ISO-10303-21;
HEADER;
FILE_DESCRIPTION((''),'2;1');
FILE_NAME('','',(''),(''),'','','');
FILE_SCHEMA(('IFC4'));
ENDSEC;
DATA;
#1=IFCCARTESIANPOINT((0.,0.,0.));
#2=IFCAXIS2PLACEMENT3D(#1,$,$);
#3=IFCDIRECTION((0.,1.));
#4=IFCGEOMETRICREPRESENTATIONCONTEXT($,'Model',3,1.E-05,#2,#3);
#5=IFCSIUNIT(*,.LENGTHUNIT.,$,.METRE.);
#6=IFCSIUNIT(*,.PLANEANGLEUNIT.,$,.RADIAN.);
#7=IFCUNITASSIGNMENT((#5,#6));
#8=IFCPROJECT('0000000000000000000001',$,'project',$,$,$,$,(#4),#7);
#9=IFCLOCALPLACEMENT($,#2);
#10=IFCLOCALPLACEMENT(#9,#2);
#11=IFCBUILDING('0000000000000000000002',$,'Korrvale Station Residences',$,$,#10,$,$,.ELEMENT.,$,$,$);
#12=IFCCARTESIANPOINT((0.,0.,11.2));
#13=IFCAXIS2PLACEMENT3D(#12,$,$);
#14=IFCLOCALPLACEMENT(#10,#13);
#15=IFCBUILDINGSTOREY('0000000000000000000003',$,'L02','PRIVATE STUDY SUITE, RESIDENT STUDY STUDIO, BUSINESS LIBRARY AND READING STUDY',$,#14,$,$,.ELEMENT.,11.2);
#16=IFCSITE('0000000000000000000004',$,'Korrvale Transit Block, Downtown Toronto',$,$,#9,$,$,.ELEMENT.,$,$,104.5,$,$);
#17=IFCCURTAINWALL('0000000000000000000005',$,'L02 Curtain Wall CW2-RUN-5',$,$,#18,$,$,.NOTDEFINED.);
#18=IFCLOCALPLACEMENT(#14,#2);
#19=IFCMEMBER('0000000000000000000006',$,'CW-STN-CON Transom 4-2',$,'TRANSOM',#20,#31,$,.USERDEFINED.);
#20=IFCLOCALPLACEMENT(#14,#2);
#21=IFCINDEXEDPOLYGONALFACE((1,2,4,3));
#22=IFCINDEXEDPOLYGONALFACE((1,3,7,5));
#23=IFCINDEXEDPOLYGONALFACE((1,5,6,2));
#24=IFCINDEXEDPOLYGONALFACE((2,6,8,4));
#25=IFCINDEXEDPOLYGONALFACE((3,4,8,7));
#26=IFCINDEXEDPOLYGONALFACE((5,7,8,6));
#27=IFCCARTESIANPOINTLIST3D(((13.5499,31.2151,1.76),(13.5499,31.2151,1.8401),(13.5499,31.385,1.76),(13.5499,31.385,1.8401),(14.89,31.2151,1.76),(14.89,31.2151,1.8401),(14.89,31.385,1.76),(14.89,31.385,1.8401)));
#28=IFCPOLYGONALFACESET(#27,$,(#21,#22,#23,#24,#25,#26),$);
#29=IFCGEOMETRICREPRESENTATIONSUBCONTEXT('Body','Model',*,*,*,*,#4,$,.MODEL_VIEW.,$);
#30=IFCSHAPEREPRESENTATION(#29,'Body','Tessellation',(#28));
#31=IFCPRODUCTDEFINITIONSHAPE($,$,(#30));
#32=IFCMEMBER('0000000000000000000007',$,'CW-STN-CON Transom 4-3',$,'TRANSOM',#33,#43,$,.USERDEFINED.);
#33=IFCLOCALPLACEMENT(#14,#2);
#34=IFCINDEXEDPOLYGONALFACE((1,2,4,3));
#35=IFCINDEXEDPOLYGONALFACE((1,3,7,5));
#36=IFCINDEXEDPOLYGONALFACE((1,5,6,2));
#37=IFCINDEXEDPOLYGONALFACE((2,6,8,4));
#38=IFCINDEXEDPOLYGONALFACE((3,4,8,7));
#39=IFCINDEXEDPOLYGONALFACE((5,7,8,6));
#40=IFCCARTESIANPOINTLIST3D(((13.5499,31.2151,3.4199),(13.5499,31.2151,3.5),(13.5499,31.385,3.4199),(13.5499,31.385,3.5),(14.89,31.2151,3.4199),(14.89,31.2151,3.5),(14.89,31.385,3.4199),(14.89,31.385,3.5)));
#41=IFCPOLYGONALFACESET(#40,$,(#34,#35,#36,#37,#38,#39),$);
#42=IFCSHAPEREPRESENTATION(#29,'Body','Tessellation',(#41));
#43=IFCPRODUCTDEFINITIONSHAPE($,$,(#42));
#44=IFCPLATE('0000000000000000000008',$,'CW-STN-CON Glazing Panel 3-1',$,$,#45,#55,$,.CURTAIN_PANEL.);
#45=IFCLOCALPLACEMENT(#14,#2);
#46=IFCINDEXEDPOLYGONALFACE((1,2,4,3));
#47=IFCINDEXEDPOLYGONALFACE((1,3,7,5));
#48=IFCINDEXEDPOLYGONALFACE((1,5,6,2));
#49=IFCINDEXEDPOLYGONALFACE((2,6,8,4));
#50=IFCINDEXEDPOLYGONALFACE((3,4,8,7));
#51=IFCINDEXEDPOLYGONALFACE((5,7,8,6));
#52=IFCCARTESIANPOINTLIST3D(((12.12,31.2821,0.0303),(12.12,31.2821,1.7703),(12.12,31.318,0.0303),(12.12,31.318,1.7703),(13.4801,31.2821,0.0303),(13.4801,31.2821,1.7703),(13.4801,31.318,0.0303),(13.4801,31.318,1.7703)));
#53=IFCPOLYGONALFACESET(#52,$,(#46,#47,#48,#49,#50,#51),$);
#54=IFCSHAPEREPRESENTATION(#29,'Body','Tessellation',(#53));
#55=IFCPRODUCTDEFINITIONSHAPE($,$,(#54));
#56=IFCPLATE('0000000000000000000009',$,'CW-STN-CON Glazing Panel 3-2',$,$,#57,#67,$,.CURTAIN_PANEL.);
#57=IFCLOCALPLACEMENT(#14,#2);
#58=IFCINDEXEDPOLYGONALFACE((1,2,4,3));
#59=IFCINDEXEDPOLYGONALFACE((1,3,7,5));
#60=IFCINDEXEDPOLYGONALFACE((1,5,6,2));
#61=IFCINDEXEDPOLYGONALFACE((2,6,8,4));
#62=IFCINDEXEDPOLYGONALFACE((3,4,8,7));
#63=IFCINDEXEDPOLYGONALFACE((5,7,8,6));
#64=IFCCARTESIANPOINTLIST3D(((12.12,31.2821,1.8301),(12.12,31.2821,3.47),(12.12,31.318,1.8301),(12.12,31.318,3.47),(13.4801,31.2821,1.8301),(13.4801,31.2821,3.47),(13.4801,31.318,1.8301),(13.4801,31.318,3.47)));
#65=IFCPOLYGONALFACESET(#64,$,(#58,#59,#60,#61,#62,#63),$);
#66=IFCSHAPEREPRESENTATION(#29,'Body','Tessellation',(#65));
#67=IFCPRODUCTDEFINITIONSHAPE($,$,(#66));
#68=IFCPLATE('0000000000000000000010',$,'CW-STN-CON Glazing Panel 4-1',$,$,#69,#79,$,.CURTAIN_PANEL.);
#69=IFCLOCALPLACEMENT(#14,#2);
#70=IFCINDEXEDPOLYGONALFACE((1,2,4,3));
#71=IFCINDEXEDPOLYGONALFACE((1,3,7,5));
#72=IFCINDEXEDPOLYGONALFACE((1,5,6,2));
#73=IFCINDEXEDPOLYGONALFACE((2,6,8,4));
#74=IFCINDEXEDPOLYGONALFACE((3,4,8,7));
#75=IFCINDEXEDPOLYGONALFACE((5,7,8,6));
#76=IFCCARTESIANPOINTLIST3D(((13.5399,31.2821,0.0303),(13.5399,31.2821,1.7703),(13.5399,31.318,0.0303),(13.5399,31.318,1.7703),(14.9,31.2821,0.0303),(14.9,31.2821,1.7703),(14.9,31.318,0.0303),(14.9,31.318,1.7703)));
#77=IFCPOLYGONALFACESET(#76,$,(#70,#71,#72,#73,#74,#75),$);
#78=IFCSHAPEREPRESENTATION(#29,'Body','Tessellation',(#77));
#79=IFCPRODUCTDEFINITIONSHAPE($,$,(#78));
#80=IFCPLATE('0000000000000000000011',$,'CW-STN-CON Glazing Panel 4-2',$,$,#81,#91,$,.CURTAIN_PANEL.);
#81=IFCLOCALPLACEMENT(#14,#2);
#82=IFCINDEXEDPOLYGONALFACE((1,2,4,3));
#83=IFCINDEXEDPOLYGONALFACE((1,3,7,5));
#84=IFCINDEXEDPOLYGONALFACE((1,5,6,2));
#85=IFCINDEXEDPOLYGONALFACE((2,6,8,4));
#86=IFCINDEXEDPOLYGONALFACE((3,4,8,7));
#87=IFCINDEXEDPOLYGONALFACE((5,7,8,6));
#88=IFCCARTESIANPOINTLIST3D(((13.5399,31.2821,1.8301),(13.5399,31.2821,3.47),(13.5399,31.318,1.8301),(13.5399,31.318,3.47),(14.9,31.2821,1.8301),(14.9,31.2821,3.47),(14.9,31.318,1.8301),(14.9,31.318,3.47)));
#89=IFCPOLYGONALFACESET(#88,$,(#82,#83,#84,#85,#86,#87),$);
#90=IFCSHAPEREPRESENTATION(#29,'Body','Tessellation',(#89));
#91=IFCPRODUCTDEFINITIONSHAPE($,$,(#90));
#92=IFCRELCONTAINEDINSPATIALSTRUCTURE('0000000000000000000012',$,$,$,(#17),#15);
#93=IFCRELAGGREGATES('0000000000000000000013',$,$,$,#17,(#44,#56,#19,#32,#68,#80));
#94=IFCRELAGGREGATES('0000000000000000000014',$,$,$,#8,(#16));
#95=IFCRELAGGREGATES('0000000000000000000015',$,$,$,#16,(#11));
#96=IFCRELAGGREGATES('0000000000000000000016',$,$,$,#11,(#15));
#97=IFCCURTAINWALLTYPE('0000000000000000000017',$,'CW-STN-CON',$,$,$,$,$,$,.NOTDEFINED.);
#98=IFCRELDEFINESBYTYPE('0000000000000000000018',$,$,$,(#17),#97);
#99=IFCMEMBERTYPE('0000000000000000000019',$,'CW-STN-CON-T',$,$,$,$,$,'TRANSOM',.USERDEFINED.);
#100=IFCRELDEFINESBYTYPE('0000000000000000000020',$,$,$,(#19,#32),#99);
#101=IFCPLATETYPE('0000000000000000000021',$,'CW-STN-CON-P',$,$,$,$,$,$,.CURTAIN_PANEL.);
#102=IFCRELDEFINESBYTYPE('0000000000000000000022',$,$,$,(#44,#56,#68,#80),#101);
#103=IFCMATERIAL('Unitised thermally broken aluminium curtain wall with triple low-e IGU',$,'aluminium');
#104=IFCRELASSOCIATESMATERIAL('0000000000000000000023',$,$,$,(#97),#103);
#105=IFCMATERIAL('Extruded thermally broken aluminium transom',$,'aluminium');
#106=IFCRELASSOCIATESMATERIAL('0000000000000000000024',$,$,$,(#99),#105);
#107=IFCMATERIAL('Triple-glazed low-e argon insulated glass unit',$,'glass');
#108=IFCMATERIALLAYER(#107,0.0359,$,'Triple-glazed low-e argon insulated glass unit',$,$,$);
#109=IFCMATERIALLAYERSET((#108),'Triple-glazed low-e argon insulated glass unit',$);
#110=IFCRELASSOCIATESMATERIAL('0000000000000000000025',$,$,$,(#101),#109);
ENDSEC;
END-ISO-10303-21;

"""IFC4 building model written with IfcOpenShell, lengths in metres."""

from ifc_helpers import new_model, si_unit, direction, frame, origin, origin_2d, place, context, subcontext, project, spatial, rectangle, extrude, material, layer, layer_set, type_object, element, aggregate, save


model = new_model("IFC4")

# Units and contexts
model_context = context("Model", 3, precision=1e-05, world=origin(), true_north=direction((0.0, 1.0)))
body_context = subcontext(model_context, "Body", "Model", "MODEL_VIEW")
ifc_project = project(units=[si_unit("LENGTHUNIT", "METRE"), si_unit("PLANEANGLEUNIT", "RADIAN")], contexts=[model_context])

# Site, building, storey
site_placement = place(None, origin())
site = spatial("IfcSite", under=ifc_project, at=site_placement, Name="Korrvale Transit Block, Downtown Toronto", CompositionType="ELEMENT", RefElevation=104.5)
building_placement = place(site_placement, origin())
building = spatial("IfcBuilding", under=site, at=building_placement, Name="Korrvale Station Residences", CompositionType="ELEMENT")
storey_placement = place(building_placement, frame((0.0, 0.0, 11.2)))
storey = spatial("IfcBuildingStorey", under=building, at=storey_placement, Name="L02", Description="PRIVATE STUDY SUITE, RESIDENT STUDY STUDIO, BUSINESS LIBRARY AND READING STUDY", CompositionType="ELEMENT", Elevation=11.2)

# Curtain wall, members, plates
ifc_material_1 = material(Name="Unitised thermally broken aluminium curtain wall with triple low-e IGU", Category="aluminium")
curtain_wall_type = type_object("IfcCurtainWallType", Name="CW-STN-CON", PredefinedType="NOTDEFINED", material=ifc_material_1)
curtain_wall_placement = place(storey_placement, origin())
curtain_wall = element("IfcCurtainWall", 1, at=curtain_wall_placement, inside=storey, type_object=curtain_wall_type, Name="L02 Curtain Wall CW2-RUN-5", PredefinedType="NOTDEFINED")
ifc_material_2 = material(Name="Extruded thermally broken aluminium transom", Category="aluminium")
member_type_1 = type_object("IfcMemberType", Name="CW-STN-CON-T", ElementType="TRANSOM", PredefinedType="USERDEFINED", material=ifc_material_2)
member_1_placement = place(storey_placement, frame((14.22, 31.3, 1.76), z_axis=(0.0, 0.0, 1.0), x_axis=(1.0, 0.0, 0.0)))
member_1 = element("IfcMember", 2, at=member_1_placement, type_object=member_type_1, Name="CW-STN-CON Transom 4-2", ObjectType="TRANSOM", PredefinedType="USERDEFINED", context=body_context, shape_type="SweptSolid", body=[
    extrude(rectangle(XDim=1.3401, YDim=0.1699, at=origin_2d()), origin(), (0.0, 0.0, 1.0), 0.0801),
])
member_2_placement = place(storey_placement, frame((14.22, 31.3, 3.4199), z_axis=(0.0, 0.0, 1.0), x_axis=(1.0, 0.0, 0.0)))
member_2 = element("IfcMember", 3, at=member_2_placement, type_object=member_type_1, Name="CW-STN-CON Transom 4-3", ObjectType="TRANSOM", PredefinedType="USERDEFINED", context=body_context, shape_type="SweptSolid", body=[
    extrude(rectangle(XDim=1.3401, YDim=0.1699, at=origin_2d()), origin(), (0.0, 0.0, 1.0), 0.0801),
])
ifc_material_3 = material(Name="Triple-glazed low-e argon insulated glass unit", Category="glass")
ifc_layer_1 = layer(ifc_material_3, 0.0359, Name="Triple-glazed low-e argon insulated glass unit")
ifc_layer_set_1 = layer_set([ifc_layer_1], Name="Triple-glazed low-e argon insulated glass unit")
plate_type = type_object("IfcPlateType", Name="CW-STN-CON-P", PredefinedType="CURTAIN_PANEL", material=ifc_layer_set_1)
plate_1_placement = place(storey_placement, frame((12.8, 31.3, 0.0303), z_axis=(0.0, 0.0, 1.0), x_axis=(1.0, 0.0, 0.0)))
plate_1 = element("IfcPlate", 4, at=plate_1_placement, type_object=plate_type, Name="CW-STN-CON Glazing Panel 3-1", PredefinedType="CURTAIN_PANEL", context=body_context, shape_type="SweptSolid", body=[
    extrude(rectangle(XDim=1.3601, YDim=0.0359, at=origin_2d()), origin(), (0.0, 0.0, 1.0), 1.74),
])
plate_2_placement = place(storey_placement, frame((12.8, 31.3, 1.8301), z_axis=(0.0, 0.0, 1.0), x_axis=(1.0, 0.0, 0.0)))
plate_2 = element("IfcPlate", 5, at=plate_2_placement, type_object=plate_type, Name="CW-STN-CON Glazing Panel 3-2", PredefinedType="CURTAIN_PANEL", context=body_context, shape_type="SweptSolid", body=[
    extrude(rectangle(XDim=1.3601, YDim=0.0359, at=origin_2d()), origin(), (0.0, 0.0, 1.0), 1.6399),
])
plate_3_placement = place(storey_placement, frame((14.22, 31.3, 0.0303), z_axis=(0.0, 0.0, 1.0), x_axis=(1.0, 0.0, 0.0)))
plate_3 = element("IfcPlate", 6, at=plate_3_placement, type_object=plate_type, Name="CW-STN-CON Glazing Panel 4-1", PredefinedType="CURTAIN_PANEL", context=body_context, shape_type="SweptSolid", body=[
    extrude(rectangle(XDim=1.3601, YDim=0.0359, at=origin_2d()), origin(), (0.0, 0.0, 1.0), 1.74),
])
plate_4_placement = place(storey_placement, frame((14.22, 31.3, 1.8301), z_axis=(0.0, 0.0, 1.0), x_axis=(1.0, 0.0, 0.0)))
plate_4 = element("IfcPlate", 7, at=plate_4_placement, type_object=plate_type, Name="CW-STN-CON Glazing Panel 4-2", PredefinedType="CURTAIN_PANEL", context=body_context, shape_type="SweptSolid", body=[
    extrude(rectangle(XDim=1.3601, YDim=0.0359, at=origin_2d()), origin(), (0.0, 0.0, 1.0), 1.6399),
])
aggregate(curtain_wall, [plate_1, plate_2, member_1, member_2, plate_3, plate_4])

save(model, "model.ifc")
